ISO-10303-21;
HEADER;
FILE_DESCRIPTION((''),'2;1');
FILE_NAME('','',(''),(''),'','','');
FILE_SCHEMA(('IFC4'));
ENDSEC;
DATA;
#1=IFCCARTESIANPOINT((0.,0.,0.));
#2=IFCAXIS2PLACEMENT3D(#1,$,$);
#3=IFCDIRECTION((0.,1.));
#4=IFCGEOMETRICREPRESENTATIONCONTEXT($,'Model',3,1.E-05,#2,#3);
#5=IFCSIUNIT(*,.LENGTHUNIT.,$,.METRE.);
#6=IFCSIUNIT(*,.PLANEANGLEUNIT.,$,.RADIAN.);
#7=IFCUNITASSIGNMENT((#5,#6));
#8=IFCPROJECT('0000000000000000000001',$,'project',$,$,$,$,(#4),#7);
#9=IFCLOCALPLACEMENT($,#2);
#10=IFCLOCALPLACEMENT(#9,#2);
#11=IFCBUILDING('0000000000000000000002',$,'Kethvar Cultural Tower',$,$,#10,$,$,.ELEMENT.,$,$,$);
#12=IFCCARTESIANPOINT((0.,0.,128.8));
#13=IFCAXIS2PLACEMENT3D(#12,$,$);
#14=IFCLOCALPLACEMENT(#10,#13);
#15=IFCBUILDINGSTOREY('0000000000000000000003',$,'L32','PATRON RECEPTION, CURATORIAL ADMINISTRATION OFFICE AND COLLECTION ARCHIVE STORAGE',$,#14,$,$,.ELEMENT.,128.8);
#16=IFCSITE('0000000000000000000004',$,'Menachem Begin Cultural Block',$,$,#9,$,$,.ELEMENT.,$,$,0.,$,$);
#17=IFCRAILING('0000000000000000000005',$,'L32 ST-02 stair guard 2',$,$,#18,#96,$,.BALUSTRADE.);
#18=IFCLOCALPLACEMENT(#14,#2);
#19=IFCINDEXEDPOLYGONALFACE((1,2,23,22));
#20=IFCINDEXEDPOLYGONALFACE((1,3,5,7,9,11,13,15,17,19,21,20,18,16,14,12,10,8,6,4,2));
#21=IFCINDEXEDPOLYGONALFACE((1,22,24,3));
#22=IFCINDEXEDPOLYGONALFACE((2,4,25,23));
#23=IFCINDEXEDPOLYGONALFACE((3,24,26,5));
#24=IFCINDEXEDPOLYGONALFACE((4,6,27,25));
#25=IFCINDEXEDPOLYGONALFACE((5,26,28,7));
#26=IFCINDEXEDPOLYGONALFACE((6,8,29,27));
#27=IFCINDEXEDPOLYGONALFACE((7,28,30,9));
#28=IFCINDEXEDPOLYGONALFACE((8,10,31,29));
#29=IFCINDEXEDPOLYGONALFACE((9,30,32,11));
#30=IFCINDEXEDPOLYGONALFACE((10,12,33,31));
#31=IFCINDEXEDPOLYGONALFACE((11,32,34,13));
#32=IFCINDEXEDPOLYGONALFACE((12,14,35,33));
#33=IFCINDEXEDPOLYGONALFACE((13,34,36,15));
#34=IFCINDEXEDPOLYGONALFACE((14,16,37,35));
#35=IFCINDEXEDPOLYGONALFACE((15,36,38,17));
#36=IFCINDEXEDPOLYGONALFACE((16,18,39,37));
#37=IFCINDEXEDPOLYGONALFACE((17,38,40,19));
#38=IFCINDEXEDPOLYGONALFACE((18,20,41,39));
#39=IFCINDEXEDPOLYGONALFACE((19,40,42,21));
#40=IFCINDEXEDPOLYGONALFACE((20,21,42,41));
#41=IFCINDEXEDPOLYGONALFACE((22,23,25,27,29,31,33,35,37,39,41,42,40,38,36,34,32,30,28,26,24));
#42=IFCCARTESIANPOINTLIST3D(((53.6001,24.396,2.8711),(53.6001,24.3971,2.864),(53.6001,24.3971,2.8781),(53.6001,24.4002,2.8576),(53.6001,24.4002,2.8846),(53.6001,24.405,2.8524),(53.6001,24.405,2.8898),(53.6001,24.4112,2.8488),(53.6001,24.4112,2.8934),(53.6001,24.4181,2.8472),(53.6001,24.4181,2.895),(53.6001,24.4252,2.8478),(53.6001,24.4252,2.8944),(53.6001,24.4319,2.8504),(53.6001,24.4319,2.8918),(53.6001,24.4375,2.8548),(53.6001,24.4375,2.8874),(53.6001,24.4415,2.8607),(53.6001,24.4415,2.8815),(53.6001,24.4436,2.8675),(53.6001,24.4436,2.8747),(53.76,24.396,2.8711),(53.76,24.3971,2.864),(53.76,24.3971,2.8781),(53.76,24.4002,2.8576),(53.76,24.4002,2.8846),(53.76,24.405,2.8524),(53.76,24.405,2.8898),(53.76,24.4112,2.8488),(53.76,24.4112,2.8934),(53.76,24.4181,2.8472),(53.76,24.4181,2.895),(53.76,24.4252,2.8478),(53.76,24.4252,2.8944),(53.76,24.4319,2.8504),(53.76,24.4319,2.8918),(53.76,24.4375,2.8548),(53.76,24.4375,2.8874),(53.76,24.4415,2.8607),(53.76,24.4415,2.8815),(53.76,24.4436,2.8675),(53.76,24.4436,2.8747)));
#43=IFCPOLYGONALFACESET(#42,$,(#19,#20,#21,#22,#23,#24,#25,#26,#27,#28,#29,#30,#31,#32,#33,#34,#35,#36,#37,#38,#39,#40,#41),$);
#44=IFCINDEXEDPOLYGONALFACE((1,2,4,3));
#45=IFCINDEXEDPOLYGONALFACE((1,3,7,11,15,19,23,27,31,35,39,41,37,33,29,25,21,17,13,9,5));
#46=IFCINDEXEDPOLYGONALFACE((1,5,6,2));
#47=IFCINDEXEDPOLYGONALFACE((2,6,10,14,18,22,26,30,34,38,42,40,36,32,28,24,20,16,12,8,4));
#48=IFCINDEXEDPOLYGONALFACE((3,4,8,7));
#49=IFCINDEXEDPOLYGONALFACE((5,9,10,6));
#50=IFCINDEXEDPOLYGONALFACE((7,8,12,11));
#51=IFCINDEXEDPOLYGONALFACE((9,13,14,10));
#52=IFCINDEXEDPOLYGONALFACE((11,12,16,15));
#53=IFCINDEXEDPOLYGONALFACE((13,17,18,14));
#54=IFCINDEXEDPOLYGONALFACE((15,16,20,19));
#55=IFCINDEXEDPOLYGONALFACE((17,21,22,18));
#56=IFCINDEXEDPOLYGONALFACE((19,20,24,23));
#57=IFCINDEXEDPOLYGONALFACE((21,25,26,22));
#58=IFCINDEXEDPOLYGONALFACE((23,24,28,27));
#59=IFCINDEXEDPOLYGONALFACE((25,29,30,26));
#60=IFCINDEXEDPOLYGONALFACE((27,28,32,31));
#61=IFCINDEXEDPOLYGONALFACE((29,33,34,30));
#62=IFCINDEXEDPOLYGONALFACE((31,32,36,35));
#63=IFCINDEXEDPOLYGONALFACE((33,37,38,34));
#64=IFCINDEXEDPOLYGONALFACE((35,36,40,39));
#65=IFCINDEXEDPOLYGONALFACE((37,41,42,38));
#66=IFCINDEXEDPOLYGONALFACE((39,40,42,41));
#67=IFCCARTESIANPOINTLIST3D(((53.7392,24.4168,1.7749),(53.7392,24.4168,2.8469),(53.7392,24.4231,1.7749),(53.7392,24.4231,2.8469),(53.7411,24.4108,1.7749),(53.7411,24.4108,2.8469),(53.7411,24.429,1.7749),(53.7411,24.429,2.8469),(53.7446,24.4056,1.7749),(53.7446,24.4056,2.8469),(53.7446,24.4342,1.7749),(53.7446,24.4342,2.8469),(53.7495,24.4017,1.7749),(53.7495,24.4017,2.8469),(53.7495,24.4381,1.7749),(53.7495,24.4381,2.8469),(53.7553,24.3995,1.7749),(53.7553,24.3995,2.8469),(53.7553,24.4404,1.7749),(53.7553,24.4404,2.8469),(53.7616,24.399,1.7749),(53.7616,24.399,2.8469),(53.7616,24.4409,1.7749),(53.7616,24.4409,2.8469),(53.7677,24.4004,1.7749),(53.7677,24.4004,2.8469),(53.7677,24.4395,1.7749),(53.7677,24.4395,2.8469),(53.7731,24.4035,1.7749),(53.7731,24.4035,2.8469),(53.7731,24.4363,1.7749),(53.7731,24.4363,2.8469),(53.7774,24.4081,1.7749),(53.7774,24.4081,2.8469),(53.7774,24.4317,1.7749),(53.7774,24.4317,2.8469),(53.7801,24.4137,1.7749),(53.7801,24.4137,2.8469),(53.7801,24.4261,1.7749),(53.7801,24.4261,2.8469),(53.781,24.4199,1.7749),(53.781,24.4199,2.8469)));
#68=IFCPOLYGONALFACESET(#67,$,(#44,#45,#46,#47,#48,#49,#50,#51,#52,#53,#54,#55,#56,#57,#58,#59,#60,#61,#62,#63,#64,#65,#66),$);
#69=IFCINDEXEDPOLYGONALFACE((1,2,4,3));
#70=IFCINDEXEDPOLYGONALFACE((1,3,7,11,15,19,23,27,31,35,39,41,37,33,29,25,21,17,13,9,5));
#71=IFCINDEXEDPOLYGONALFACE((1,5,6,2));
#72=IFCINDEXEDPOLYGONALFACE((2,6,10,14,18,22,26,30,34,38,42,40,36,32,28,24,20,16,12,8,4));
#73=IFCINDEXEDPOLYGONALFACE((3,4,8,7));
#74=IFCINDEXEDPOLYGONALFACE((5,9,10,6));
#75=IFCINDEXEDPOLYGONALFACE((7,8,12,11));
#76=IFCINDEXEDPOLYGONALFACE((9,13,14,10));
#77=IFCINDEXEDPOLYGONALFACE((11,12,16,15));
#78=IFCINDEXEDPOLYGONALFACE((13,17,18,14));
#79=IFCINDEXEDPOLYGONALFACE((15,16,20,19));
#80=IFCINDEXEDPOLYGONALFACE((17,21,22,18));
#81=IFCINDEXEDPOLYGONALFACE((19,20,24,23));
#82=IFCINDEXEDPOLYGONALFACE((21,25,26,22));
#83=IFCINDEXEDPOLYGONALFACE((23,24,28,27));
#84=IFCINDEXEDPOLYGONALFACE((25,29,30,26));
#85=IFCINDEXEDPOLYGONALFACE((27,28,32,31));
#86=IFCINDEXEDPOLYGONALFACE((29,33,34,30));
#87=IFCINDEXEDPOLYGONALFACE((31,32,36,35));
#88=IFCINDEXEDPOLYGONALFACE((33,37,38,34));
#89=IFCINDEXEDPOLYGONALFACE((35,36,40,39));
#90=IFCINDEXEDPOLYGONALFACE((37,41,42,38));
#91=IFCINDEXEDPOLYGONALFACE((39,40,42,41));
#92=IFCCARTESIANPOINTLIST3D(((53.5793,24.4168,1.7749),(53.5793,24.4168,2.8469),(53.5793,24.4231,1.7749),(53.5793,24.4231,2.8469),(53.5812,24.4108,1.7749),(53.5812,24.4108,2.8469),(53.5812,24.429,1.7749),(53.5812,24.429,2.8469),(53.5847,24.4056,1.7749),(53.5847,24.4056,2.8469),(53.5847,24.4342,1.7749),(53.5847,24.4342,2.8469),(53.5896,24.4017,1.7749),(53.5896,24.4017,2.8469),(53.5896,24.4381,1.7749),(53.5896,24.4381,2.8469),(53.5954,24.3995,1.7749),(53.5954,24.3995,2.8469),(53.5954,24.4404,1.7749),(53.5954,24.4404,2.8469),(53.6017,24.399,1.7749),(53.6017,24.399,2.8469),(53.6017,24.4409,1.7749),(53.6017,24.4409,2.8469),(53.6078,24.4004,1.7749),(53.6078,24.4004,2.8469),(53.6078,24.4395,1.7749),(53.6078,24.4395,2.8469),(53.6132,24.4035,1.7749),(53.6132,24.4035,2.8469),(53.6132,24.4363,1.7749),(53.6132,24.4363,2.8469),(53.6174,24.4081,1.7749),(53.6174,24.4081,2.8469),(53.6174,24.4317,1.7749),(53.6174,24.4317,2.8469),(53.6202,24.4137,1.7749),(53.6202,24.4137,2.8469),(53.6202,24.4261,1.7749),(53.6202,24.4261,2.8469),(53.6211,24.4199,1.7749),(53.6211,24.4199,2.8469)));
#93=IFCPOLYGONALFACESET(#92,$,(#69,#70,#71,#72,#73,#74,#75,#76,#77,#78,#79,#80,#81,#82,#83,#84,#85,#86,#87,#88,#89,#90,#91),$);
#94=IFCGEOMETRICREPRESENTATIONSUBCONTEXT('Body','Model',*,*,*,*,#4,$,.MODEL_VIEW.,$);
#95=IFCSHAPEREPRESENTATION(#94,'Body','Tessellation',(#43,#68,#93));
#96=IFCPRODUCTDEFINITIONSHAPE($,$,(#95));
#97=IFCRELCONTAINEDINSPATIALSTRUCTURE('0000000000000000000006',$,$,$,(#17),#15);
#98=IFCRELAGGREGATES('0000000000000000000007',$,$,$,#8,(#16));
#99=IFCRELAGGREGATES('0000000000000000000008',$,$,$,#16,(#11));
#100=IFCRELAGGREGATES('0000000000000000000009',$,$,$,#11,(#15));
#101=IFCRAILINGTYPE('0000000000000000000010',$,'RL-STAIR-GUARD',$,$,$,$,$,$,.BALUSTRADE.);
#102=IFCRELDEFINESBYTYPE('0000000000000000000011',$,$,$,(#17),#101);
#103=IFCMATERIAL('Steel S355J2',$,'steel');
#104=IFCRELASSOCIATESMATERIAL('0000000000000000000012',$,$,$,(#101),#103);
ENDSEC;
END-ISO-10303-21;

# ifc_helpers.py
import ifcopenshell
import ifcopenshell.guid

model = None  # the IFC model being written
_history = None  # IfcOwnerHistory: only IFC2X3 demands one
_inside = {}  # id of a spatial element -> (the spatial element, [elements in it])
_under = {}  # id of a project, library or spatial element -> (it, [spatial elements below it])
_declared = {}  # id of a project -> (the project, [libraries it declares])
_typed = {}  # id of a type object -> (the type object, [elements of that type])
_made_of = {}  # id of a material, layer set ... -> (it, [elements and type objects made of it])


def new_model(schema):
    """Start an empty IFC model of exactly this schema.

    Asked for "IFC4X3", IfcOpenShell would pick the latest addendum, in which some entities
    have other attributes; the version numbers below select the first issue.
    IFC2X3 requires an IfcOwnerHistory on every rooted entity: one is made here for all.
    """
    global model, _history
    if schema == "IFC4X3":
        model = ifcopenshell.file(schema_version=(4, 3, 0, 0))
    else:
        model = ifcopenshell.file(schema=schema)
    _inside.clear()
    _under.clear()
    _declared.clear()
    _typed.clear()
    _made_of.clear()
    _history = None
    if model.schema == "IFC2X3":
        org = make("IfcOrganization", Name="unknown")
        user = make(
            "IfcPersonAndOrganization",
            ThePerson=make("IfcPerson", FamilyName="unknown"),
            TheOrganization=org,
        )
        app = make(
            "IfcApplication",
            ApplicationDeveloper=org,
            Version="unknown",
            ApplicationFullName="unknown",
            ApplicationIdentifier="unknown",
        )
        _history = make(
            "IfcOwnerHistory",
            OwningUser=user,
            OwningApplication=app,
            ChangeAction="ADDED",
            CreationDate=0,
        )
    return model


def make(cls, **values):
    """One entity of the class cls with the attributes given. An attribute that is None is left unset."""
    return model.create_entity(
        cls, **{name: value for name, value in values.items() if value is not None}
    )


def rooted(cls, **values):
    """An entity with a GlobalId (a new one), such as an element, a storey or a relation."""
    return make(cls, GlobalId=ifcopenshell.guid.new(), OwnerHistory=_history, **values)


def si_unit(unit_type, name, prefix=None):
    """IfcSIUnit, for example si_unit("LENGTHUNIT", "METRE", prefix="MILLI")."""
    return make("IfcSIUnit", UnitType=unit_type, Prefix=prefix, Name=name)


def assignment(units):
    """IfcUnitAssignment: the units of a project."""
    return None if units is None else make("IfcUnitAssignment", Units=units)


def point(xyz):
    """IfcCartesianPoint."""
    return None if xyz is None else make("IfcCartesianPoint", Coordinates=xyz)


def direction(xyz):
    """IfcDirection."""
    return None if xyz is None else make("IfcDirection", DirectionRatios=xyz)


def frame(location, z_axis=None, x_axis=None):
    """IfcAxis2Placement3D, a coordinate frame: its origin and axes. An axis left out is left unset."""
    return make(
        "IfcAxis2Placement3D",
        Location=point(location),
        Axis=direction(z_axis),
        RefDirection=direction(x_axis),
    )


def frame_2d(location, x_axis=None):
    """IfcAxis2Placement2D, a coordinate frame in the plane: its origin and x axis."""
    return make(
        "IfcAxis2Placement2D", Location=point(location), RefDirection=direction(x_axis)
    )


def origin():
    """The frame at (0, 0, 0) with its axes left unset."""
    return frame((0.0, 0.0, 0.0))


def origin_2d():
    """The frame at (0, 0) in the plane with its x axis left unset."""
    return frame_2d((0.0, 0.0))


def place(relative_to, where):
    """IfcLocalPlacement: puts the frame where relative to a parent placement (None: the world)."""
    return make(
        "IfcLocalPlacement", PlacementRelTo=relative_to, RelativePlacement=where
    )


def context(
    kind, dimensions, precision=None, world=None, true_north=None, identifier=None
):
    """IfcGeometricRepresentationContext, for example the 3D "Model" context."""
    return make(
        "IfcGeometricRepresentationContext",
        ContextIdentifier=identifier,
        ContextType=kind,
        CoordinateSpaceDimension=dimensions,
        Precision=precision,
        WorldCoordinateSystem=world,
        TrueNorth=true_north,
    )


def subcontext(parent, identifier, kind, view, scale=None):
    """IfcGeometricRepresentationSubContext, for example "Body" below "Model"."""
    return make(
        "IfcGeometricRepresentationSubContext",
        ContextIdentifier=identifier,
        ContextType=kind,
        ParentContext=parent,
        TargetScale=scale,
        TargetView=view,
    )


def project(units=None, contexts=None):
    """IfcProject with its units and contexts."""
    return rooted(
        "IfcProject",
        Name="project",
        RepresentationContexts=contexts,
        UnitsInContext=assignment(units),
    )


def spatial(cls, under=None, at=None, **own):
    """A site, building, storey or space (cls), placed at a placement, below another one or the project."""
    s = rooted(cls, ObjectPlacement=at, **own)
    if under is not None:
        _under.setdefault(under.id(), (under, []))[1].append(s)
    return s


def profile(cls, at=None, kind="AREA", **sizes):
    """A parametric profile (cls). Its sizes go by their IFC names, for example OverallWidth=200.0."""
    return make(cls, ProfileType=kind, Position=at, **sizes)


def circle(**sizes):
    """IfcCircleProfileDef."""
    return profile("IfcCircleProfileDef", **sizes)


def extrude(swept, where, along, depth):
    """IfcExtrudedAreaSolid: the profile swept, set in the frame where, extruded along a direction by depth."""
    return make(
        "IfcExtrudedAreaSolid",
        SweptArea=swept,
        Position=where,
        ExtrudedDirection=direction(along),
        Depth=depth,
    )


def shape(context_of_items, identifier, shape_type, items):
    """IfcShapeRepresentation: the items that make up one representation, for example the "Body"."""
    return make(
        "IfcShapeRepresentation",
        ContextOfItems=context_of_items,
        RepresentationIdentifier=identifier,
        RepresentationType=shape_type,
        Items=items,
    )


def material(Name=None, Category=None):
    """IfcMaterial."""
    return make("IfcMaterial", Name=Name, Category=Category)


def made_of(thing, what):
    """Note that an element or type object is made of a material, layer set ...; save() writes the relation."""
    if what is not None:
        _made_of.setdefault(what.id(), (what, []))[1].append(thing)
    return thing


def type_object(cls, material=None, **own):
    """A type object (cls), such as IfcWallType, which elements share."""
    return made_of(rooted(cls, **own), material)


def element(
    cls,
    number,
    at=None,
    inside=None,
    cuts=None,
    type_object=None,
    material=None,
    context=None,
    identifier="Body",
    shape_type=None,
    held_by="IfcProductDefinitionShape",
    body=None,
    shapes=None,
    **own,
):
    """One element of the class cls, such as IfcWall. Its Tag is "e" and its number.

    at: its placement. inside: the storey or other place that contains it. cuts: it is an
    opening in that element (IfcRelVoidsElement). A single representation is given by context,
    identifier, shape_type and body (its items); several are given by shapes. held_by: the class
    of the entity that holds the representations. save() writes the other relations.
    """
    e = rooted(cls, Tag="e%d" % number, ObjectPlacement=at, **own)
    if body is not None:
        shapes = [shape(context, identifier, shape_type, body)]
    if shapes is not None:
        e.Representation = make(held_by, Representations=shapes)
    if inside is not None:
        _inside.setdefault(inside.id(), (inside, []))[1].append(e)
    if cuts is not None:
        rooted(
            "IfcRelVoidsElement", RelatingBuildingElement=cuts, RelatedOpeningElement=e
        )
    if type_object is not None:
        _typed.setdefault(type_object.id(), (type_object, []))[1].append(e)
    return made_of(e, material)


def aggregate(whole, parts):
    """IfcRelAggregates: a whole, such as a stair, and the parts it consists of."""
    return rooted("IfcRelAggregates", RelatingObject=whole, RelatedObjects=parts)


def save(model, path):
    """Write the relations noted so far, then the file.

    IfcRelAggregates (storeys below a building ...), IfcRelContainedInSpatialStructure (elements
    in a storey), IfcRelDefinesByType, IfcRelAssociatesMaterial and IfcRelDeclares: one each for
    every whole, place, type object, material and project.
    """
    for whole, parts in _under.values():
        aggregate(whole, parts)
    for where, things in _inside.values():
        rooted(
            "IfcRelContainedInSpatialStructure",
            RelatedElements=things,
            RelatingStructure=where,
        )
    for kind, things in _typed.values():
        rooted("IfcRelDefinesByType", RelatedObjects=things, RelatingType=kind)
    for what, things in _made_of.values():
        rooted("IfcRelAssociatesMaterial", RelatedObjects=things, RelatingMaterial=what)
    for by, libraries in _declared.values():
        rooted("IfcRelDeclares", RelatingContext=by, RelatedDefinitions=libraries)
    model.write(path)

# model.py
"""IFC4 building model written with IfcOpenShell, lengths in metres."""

from ifc_helpers import new_model, si_unit, direction, frame, origin, origin_2d, place, context, subcontext, project, spatial, circle, extrude, material, type_object, element, save


model = new_model("IFC4")

# Units and contexts
model_context = context("Model", 3, precision=1e-05, world=origin(), true_north=direction((0.0, 1.0)))
body_context = subcontext(model_context, "Body", "Model", "MODEL_VIEW")
ifc_project = project(units=[si_unit("LENGTHUNIT", "METRE"), si_unit("PLANEANGLEUNIT", "RADIAN")], contexts=[model_context])

# Site, building, storey
site_placement = place(None, origin())
site = spatial("IfcSite", under=ifc_project, at=site_placement, Name="Menachem Begin Cultural Block", CompositionType="ELEMENT", RefElevation=0.0)
building_placement = place(site_placement, origin())
building = spatial("IfcBuilding", under=site, at=building_placement, Name="Kethvar Cultural Tower", CompositionType="ELEMENT")
storey_placement = place(building_placement, frame((0.0, 0.0, 128.8)))
storey = spatial("IfcBuildingStorey", under=building, at=storey_placement, Name="L32", Description="PATRON RECEPTION, CURATORIAL ADMINISTRATION OFFICE AND COLLECTION ARCHIVE STORAGE", CompositionType="ELEMENT", Elevation=128.8)

# Shared definitions
ifc_material_1 = material(Name="Steel S355J2", Category="steel")

# Railing
railing_type_1 = type_object("IfcRailingType", Name="RL-STAIR-GUARD", PredefinedType="BALUSTRADE", material=ifc_material_1)
railing_1_placement = place(storey_placement, frame((53.76, 24.4199, 1.7749)))
element("IfcRailing", 1, at=railing_1_placement, inside=storey, type_object=railing_type_1, Name="L32 ST-02 stair guard 2", PredefinedType="BALUSTRADE", context=body_context, shape_type="SweptSolid", body=[
    extrude(circle(Radius=0.0239, at=origin_2d()), frame((0.0, 0.0, 1.0962), z_axis=(-1.0, 0.0, 0.0), x_axis=(0.0, -1.0, 0.0)), (0.0, 0.0, 1.0), 0.1599),
    extrude(circle(Radius=0.021, at=origin_2d()), origin(), (0.0, 0.0, 1.0), 1.072),
    extrude(circle(Radius=0.021, at=origin_2d()), frame((-0.1599, 0.0, 0.0)), (0.0, 0.0, 1.0), 1.072),
])

save(model, "model.ifc")
